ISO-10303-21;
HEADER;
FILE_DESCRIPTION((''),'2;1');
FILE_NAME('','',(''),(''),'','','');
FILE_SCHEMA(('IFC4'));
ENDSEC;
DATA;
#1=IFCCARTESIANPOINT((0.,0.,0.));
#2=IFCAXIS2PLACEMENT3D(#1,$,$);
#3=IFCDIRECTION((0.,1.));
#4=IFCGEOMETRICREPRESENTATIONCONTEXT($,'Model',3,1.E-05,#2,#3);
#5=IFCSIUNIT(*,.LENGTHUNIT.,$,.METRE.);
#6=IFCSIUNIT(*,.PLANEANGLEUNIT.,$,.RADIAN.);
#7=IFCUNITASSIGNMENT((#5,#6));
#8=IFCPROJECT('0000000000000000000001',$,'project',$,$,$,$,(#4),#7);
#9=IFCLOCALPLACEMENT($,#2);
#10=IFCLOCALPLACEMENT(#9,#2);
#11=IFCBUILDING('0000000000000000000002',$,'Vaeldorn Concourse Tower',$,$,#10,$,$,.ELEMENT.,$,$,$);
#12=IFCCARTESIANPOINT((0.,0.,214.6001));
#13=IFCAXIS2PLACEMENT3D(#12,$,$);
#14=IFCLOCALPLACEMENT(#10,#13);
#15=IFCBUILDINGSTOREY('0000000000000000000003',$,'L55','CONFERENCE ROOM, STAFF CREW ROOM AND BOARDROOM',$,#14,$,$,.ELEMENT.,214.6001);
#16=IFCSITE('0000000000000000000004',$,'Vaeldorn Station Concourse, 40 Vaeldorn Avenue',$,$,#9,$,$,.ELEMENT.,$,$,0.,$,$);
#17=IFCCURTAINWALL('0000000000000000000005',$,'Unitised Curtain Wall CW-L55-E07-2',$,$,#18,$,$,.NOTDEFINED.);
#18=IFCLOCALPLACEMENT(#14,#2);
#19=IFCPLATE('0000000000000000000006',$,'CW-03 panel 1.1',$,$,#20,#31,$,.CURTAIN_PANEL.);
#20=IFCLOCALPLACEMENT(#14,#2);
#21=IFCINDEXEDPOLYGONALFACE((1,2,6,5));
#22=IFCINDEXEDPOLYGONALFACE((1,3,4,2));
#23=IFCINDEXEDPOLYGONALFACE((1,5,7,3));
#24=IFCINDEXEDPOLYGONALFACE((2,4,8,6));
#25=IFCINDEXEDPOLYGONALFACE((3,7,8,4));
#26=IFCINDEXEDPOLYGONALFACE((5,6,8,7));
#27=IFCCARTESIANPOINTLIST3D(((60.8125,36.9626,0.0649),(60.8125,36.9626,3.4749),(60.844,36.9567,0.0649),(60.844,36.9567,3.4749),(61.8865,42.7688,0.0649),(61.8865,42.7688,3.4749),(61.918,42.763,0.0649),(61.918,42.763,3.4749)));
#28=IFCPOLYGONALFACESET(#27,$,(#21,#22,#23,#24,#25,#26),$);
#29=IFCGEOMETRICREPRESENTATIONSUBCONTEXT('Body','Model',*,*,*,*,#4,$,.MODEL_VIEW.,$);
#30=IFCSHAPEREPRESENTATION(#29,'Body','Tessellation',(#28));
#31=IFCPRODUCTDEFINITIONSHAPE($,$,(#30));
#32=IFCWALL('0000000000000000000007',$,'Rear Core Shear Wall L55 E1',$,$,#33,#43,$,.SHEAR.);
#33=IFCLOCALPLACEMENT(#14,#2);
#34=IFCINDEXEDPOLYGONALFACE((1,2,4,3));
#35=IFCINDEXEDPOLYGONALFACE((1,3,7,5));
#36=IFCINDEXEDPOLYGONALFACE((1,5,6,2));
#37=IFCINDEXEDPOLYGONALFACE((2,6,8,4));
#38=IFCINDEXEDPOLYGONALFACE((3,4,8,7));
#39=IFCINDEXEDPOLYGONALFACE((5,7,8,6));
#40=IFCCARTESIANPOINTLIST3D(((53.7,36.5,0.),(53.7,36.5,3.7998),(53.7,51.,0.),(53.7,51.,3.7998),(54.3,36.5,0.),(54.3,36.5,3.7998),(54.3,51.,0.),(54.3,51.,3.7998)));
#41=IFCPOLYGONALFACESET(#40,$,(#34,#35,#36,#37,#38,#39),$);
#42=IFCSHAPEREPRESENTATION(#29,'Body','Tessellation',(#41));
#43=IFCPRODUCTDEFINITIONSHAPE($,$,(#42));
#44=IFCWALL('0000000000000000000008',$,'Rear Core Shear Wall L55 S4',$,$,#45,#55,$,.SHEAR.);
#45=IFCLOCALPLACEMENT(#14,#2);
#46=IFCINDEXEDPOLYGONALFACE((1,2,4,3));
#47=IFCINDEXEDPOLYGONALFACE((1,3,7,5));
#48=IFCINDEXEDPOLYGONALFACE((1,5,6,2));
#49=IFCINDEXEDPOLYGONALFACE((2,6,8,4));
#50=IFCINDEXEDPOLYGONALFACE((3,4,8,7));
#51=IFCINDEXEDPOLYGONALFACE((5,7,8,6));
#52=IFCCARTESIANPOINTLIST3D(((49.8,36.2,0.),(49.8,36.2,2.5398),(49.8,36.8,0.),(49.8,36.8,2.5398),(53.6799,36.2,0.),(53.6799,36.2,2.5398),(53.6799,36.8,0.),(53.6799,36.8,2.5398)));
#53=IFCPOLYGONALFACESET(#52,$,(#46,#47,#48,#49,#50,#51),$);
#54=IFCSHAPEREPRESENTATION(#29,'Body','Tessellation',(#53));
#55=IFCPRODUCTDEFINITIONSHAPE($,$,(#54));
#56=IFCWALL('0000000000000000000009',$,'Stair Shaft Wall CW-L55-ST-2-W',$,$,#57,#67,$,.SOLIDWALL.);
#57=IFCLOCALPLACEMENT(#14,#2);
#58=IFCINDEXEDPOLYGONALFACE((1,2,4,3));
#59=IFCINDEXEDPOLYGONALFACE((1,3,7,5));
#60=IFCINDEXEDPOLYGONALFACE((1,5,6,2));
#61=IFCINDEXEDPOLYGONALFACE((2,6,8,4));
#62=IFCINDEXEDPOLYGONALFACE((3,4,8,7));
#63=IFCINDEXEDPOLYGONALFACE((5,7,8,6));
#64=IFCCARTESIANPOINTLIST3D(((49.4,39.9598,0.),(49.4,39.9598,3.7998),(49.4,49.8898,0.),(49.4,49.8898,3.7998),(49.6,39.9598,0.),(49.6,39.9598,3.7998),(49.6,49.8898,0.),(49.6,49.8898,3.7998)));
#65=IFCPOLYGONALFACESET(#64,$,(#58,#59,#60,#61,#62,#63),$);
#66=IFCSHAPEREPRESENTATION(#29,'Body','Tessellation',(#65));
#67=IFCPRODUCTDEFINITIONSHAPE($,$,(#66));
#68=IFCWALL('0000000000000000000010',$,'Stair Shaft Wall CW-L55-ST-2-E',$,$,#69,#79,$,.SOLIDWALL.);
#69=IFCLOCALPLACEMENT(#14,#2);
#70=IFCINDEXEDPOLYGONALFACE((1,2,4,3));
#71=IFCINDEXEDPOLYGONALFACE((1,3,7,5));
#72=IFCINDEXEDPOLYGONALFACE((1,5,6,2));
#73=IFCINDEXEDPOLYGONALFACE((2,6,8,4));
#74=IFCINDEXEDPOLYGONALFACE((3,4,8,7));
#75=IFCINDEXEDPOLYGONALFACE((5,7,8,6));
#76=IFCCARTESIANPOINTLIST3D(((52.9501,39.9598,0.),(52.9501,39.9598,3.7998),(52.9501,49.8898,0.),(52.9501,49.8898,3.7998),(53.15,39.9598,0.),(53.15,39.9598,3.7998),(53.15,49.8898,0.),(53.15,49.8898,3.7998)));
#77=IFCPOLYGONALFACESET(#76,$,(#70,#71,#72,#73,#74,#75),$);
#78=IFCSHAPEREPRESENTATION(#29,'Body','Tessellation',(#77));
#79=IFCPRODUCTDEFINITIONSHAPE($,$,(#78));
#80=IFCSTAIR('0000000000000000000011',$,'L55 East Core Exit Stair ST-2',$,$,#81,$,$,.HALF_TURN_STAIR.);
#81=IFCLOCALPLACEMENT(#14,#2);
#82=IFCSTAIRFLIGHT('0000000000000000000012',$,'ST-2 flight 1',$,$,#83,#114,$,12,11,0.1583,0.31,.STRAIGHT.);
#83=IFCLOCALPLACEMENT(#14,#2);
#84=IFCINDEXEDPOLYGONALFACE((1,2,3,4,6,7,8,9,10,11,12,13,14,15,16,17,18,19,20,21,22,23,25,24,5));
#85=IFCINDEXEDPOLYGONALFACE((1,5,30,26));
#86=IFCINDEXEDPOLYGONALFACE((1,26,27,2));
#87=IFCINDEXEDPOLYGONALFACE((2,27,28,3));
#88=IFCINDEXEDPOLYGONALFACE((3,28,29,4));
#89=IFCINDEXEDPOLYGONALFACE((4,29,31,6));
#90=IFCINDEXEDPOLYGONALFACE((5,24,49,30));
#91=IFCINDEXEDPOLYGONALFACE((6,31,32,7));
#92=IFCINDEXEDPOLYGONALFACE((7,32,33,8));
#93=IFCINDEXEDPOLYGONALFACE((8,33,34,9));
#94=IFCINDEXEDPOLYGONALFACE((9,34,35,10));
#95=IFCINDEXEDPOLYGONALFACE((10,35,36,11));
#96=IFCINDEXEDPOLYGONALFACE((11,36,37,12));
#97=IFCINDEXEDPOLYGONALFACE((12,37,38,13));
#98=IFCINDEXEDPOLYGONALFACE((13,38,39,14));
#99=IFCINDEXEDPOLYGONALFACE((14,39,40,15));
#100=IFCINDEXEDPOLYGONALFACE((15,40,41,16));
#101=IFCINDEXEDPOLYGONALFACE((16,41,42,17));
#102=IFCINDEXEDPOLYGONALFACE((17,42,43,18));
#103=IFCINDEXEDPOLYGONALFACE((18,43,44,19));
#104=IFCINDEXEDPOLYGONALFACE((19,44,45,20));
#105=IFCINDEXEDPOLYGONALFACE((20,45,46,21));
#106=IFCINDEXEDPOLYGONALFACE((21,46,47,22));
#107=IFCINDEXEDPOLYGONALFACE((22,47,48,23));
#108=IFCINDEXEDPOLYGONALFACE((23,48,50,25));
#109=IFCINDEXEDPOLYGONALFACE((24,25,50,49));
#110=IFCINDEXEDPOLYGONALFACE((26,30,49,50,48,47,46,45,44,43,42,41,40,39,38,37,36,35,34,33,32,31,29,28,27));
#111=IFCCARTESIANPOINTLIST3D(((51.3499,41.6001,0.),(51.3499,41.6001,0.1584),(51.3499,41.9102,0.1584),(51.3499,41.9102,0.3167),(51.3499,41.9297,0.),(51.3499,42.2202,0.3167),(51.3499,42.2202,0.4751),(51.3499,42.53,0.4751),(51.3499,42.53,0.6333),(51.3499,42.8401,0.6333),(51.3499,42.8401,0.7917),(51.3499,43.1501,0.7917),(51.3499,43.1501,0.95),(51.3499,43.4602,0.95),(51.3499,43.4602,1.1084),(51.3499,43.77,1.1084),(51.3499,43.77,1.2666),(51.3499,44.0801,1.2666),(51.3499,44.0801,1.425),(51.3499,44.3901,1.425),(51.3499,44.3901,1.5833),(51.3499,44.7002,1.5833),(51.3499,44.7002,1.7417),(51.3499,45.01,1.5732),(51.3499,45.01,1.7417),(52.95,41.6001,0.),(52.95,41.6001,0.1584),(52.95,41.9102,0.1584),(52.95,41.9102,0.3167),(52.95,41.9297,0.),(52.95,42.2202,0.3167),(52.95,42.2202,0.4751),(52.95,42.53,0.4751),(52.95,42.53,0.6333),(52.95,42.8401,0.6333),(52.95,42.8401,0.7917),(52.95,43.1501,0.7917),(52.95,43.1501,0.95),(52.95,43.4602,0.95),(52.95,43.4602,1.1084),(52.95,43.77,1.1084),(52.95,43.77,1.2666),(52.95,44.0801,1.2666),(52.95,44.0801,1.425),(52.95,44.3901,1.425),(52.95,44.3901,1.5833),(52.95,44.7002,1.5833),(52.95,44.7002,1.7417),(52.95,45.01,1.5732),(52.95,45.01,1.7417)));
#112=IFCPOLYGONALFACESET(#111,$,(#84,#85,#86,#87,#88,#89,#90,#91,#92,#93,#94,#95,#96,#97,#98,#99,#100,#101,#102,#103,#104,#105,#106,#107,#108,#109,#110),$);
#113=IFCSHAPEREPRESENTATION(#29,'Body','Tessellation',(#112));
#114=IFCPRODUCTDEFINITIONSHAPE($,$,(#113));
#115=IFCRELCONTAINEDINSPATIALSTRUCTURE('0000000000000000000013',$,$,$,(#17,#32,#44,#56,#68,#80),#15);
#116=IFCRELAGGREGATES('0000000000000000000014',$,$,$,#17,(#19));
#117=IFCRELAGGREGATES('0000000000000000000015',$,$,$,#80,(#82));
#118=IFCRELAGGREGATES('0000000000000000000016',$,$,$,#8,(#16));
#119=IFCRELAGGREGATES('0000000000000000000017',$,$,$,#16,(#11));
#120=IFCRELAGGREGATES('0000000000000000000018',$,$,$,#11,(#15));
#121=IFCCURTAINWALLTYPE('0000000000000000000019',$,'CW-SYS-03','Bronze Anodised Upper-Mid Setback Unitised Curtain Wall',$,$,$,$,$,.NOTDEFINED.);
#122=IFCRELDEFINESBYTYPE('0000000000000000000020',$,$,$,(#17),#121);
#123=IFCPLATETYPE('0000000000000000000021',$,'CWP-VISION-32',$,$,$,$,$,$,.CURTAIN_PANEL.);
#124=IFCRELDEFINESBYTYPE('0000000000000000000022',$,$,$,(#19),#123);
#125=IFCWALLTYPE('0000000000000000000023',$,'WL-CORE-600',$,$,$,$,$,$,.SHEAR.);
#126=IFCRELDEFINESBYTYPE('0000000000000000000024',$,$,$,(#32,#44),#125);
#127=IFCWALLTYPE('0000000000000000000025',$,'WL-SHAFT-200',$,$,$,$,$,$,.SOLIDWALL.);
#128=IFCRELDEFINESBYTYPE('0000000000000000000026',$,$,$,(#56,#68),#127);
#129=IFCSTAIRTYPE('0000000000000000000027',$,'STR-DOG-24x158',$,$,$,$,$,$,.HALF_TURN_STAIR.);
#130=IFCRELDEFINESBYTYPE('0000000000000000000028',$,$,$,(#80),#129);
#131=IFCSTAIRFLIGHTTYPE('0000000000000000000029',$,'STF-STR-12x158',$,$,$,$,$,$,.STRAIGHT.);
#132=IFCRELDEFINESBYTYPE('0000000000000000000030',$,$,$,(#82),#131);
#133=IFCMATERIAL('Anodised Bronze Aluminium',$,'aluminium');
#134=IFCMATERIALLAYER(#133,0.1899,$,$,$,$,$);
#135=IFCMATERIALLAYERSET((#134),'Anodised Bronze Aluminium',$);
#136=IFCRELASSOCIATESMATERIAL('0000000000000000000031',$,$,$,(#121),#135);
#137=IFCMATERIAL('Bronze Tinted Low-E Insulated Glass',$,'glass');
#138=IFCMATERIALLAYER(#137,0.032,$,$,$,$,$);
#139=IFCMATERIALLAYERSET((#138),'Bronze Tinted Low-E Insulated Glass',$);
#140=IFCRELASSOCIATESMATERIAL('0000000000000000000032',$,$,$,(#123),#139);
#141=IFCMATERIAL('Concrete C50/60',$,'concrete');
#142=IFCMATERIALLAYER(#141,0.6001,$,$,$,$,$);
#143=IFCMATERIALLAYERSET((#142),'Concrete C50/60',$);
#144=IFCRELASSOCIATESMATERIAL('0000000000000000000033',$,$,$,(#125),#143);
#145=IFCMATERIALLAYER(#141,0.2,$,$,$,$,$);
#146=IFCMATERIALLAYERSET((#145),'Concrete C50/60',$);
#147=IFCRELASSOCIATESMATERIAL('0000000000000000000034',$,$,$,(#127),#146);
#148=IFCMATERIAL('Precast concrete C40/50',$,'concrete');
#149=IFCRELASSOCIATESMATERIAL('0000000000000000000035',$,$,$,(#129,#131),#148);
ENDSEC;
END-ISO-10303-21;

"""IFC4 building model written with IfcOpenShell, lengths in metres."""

from ifc_helpers import new_model, si_unit, direction, frame, frame_2d, origin, origin_2d, place, context, subcontext, project, spatial, polyline, rectangle, outline, extrude, source, transform, mapped, material, layer, layer_set, type_object, element, aggregate, save


model = new_model("IFC4")

# Units and contexts
model_context = context("Model", 3, precision=1e-05, world=origin(), true_north=direction((0.0, 1.0)))
body_context = subcontext(model_context, "Body", "Model", "MODEL_VIEW")
ifc_project = project(units=[si_unit("LENGTHUNIT", "METRE"), si_unit("PLANEANGLEUNIT", "RADIAN")], contexts=[model_context])

# Site, building, storey
site_placement = place(None, origin())
site = spatial("IfcSite", under=ifc_project, at=site_placement, Name="Vaeldorn Station Concourse, 40 Vaeldorn Avenue", CompositionType="ELEMENT", RefElevation=0.0)
building_placement = place(site_placement, origin())
building = spatial("IfcBuilding", under=site, at=building_placement, Name="Vaeldorn Concourse Tower", CompositionType="ELEMENT")
storey_placement = place(building_placement, frame((0.0, 0.0, 214.6001)))
storey = spatial("IfcBuildingStorey", under=building, at=storey_placement, Name="L55", Description="CONFERENCE ROOM, STAFF CREW ROOM AND BOARDROOM", CompositionType="ELEMENT", Elevation=214.6001)

# Shared definitions
ifc_material_1 = material(Name="Concrete C50/60", Category="concrete")

# Curtain wall
ifc_material_2 = material(Name="Anodised Bronze Aluminium", Category="aluminium")
ifc_layer_1 = layer(ifc_material_2, 0.1899)
ifc_layer_set_1 = layer_set([ifc_layer_1], Name="Anodised Bronze Aluminium")
curtain_wall_type = type_object("IfcCurtainWallType", Name="CW-SYS-03", Description="Bronze Anodised Upper-Mid Setback Unitised Curtain Wall", PredefinedType="NOTDEFINED", material=ifc_layer_set_1)
curtain_wall_1_placement = place(storey_placement, origin())
curtain_wall_1 = element("IfcCurtainWall", 1, at=curtain_wall_1_placement, inside=storey, type_object=curtain_wall_type, Name="Unitised Curtain Wall CW-L55-E07-2", PredefinedType="NOTDEFINED")

# Plate
ifc_material_3 = material(Name="Bronze Tinted Low-E Insulated Glass", Category="glass")
ifc_layer_2 = layer(ifc_material_3, 0.032)
ifc_layer_set_2 = layer_set([ifc_layer_2], Name="Bronze Tinted Low-E Insulated Glass")
plate_type = type_object("IfcPlateType", Name="CWP-VISION-32", PredefinedType="CURTAIN_PANEL", material=ifc_layer_set_2)
shared_shape_1 = source(origin(), body_context, "Body", "SweptSolid", [
    extrude(rectangle(XDim=5.9048, YDim=0.032, at=origin_2d()), origin(), (0.0, 0.0, 1.0), 3.4099),
])
plate_placement = place(storey_placement, frame((61.3652, 39.8628, 0.0649), z_axis=(0.0, 0.0, 1.0), x_axis=(0.181888, 0.983319, 0.0)))
plate = element("IfcPlate", 2, at=plate_placement, type_object=plate_type, Name="CW-03 panel 1.1", PredefinedType="CURTAIN_PANEL", context=body_context, shape_type="MappedRepresentation", body=[
    mapped(shared_shape_1, transform((0.0, 0.0, 0.0), scale=1.0)),
])
aggregate(curtain_wall_1, [plate])

# Walls
ifc_layer_3 = layer(ifc_material_1, 0.6001)
ifc_layer_set_3 = layer_set([ifc_layer_3], Name="Concrete C50/60")
wall_type_1 = type_object("IfcWallType", Name="WL-CORE-600", PredefinedType="SHEAR", material=ifc_layer_set_3)
wall_1_placement = place(storey_placement, frame((54.0, 36.5, 0.0), z_axis=(0.0, 0.0, 1.0), x_axis=(0.0, 1.0, 0.0)))
element("IfcWall", 3, at=wall_1_placement, inside=storey, type_object=wall_type_1, Name="Rear Core Shear Wall L55 E1", PredefinedType="SHEAR", context=body_context, shape_type="SweptSolid", body=[
    extrude(rectangle(XDim=14.5, YDim=0.6001, at=frame_2d((7.25, 0.0))), origin(), (0.0, 0.0, 1.0), 3.7998),
])
wall_2_placement = place(storey_placement, frame((49.8, 36.5, 0.0), z_axis=(0.0, 0.0, 1.0), x_axis=(1.0, 0.0, 0.0)))
element("IfcWall", 4, at=wall_2_placement, inside=storey, type_object=wall_type_1, Name="Rear Core Shear Wall L55 S4", PredefinedType="SHEAR", context=body_context, shape_type="SweptSolid", body=[
    extrude(rectangle(XDim=3.8799, YDim=0.6001, at=frame_2d((1.9399, 0.0))), origin(), (0.0, 0.0, 1.0), 2.5398),
])
ifc_layer_4 = layer(ifc_material_1, 0.2)
ifc_layer_set_4 = layer_set([ifc_layer_4], Name="Concrete C50/60")
wall_type_2 = type_object("IfcWallType", Name="WL-SHAFT-200", PredefinedType="SOLIDWALL", material=ifc_layer_set_4)
for number, where, z_axis, x_axis, name in (
    (5, (49.5, 39.96, 0.0), (0.0, 0.0, 1.0), (0.0, 1.0, 0.0), "Stair Shaft Wall CW-L55-ST-2-W"),
    (6, (53.05, 39.96, 0.0), (0.0, 0.0, 1.0), (0.0, 1.0, 0.0), "Stair Shaft Wall CW-L55-ST-2-E"),
):
    element("IfcWall", number, at=place(storey_placement, frame(where, z_axis=z_axis, x_axis=x_axis)), inside=storey, type_object=wall_type_2, Name=name, PredefinedType="SOLIDWALL", context=body_context, shape_type="SweptSolid", body=[
        extrude(rectangle(XDim=9.9299, YDim=0.2, at=frame_2d((4.9648, 0.0))), origin(), (0.0, 0.0, 1.0), 3.7998),
    ])

# Stair, stair flight
ifc_material_4 = material(Name="Precast concrete C40/50", Category="concrete")
stair_type = type_object("IfcStairType", Name="STR-DOG-24x158", PredefinedType="HALF_TURN_STAIR", material=ifc_material_4)
stair_placement = place(storey_placement, origin())
stair = element("IfcStair", 7, at=stair_placement, inside=storey, type_object=stair_type, Name="L55 East Core Exit Stair ST-2", PredefinedType="HALF_TURN_STAIR")
stair_flight_type = type_object("IfcStairFlightType", Name="STF-STR-12x158", PredefinedType="STRAIGHT", material=ifc_material_4)
stair_flight_placement = place(storey_placement, frame((52.1499, 41.6001, 0.0), z_axis=(0.0, 0.0, 1.0), x_axis=(0.0, 1.0, 0.0)))
stair_flight = element("IfcStairFlight", 8, at=stair_flight_placement, type_object=stair_flight_type, Name="ST-2 flight 1", NumberOfRisers=12, NumberOfTreads=11, PredefinedType="STRAIGHT", RiserHeight=0.1583, TreadLength=0.31, context=body_context, shape_type="SweptSolid", body=[
    extrude(outline(polyline([(0.0, 0.0), (0.0, 0.1584), (0.3101, 0.1584), (0.3101, 0.3167), (0.6201, 0.3167), (0.6201, 0.4751), (0.9299, 0.4751), (0.9299, 0.6333), (1.24, 0.6333), (1.24, 0.7917), (1.55, 0.7917), (1.55, 0.95), (1.8601, 0.95), (1.8601, 1.1084), (2.1699, 1.1084), (2.1699, 1.2666), (2.48, 1.2666), (2.48, 1.425), (2.79, 1.425), (2.79, 1.5833), (3.1001, 1.5833), (3.1001, 1.7417), (3.4099, 1.7417), (3.4099, 1.8999), (3.4099, 1.5732), (0.3296, 0.0), (0.0, 0.0)])), frame((0.0, 0.8, 0.0), z_axis=(0.0, -1.0, 0.0), x_axis=(1.0, 0.0, 0.0)), (0.0, 0.0, 1.0), 1.6001),
])
aggregate(stair, [stair_flight])

save(model, "model.ifc")
